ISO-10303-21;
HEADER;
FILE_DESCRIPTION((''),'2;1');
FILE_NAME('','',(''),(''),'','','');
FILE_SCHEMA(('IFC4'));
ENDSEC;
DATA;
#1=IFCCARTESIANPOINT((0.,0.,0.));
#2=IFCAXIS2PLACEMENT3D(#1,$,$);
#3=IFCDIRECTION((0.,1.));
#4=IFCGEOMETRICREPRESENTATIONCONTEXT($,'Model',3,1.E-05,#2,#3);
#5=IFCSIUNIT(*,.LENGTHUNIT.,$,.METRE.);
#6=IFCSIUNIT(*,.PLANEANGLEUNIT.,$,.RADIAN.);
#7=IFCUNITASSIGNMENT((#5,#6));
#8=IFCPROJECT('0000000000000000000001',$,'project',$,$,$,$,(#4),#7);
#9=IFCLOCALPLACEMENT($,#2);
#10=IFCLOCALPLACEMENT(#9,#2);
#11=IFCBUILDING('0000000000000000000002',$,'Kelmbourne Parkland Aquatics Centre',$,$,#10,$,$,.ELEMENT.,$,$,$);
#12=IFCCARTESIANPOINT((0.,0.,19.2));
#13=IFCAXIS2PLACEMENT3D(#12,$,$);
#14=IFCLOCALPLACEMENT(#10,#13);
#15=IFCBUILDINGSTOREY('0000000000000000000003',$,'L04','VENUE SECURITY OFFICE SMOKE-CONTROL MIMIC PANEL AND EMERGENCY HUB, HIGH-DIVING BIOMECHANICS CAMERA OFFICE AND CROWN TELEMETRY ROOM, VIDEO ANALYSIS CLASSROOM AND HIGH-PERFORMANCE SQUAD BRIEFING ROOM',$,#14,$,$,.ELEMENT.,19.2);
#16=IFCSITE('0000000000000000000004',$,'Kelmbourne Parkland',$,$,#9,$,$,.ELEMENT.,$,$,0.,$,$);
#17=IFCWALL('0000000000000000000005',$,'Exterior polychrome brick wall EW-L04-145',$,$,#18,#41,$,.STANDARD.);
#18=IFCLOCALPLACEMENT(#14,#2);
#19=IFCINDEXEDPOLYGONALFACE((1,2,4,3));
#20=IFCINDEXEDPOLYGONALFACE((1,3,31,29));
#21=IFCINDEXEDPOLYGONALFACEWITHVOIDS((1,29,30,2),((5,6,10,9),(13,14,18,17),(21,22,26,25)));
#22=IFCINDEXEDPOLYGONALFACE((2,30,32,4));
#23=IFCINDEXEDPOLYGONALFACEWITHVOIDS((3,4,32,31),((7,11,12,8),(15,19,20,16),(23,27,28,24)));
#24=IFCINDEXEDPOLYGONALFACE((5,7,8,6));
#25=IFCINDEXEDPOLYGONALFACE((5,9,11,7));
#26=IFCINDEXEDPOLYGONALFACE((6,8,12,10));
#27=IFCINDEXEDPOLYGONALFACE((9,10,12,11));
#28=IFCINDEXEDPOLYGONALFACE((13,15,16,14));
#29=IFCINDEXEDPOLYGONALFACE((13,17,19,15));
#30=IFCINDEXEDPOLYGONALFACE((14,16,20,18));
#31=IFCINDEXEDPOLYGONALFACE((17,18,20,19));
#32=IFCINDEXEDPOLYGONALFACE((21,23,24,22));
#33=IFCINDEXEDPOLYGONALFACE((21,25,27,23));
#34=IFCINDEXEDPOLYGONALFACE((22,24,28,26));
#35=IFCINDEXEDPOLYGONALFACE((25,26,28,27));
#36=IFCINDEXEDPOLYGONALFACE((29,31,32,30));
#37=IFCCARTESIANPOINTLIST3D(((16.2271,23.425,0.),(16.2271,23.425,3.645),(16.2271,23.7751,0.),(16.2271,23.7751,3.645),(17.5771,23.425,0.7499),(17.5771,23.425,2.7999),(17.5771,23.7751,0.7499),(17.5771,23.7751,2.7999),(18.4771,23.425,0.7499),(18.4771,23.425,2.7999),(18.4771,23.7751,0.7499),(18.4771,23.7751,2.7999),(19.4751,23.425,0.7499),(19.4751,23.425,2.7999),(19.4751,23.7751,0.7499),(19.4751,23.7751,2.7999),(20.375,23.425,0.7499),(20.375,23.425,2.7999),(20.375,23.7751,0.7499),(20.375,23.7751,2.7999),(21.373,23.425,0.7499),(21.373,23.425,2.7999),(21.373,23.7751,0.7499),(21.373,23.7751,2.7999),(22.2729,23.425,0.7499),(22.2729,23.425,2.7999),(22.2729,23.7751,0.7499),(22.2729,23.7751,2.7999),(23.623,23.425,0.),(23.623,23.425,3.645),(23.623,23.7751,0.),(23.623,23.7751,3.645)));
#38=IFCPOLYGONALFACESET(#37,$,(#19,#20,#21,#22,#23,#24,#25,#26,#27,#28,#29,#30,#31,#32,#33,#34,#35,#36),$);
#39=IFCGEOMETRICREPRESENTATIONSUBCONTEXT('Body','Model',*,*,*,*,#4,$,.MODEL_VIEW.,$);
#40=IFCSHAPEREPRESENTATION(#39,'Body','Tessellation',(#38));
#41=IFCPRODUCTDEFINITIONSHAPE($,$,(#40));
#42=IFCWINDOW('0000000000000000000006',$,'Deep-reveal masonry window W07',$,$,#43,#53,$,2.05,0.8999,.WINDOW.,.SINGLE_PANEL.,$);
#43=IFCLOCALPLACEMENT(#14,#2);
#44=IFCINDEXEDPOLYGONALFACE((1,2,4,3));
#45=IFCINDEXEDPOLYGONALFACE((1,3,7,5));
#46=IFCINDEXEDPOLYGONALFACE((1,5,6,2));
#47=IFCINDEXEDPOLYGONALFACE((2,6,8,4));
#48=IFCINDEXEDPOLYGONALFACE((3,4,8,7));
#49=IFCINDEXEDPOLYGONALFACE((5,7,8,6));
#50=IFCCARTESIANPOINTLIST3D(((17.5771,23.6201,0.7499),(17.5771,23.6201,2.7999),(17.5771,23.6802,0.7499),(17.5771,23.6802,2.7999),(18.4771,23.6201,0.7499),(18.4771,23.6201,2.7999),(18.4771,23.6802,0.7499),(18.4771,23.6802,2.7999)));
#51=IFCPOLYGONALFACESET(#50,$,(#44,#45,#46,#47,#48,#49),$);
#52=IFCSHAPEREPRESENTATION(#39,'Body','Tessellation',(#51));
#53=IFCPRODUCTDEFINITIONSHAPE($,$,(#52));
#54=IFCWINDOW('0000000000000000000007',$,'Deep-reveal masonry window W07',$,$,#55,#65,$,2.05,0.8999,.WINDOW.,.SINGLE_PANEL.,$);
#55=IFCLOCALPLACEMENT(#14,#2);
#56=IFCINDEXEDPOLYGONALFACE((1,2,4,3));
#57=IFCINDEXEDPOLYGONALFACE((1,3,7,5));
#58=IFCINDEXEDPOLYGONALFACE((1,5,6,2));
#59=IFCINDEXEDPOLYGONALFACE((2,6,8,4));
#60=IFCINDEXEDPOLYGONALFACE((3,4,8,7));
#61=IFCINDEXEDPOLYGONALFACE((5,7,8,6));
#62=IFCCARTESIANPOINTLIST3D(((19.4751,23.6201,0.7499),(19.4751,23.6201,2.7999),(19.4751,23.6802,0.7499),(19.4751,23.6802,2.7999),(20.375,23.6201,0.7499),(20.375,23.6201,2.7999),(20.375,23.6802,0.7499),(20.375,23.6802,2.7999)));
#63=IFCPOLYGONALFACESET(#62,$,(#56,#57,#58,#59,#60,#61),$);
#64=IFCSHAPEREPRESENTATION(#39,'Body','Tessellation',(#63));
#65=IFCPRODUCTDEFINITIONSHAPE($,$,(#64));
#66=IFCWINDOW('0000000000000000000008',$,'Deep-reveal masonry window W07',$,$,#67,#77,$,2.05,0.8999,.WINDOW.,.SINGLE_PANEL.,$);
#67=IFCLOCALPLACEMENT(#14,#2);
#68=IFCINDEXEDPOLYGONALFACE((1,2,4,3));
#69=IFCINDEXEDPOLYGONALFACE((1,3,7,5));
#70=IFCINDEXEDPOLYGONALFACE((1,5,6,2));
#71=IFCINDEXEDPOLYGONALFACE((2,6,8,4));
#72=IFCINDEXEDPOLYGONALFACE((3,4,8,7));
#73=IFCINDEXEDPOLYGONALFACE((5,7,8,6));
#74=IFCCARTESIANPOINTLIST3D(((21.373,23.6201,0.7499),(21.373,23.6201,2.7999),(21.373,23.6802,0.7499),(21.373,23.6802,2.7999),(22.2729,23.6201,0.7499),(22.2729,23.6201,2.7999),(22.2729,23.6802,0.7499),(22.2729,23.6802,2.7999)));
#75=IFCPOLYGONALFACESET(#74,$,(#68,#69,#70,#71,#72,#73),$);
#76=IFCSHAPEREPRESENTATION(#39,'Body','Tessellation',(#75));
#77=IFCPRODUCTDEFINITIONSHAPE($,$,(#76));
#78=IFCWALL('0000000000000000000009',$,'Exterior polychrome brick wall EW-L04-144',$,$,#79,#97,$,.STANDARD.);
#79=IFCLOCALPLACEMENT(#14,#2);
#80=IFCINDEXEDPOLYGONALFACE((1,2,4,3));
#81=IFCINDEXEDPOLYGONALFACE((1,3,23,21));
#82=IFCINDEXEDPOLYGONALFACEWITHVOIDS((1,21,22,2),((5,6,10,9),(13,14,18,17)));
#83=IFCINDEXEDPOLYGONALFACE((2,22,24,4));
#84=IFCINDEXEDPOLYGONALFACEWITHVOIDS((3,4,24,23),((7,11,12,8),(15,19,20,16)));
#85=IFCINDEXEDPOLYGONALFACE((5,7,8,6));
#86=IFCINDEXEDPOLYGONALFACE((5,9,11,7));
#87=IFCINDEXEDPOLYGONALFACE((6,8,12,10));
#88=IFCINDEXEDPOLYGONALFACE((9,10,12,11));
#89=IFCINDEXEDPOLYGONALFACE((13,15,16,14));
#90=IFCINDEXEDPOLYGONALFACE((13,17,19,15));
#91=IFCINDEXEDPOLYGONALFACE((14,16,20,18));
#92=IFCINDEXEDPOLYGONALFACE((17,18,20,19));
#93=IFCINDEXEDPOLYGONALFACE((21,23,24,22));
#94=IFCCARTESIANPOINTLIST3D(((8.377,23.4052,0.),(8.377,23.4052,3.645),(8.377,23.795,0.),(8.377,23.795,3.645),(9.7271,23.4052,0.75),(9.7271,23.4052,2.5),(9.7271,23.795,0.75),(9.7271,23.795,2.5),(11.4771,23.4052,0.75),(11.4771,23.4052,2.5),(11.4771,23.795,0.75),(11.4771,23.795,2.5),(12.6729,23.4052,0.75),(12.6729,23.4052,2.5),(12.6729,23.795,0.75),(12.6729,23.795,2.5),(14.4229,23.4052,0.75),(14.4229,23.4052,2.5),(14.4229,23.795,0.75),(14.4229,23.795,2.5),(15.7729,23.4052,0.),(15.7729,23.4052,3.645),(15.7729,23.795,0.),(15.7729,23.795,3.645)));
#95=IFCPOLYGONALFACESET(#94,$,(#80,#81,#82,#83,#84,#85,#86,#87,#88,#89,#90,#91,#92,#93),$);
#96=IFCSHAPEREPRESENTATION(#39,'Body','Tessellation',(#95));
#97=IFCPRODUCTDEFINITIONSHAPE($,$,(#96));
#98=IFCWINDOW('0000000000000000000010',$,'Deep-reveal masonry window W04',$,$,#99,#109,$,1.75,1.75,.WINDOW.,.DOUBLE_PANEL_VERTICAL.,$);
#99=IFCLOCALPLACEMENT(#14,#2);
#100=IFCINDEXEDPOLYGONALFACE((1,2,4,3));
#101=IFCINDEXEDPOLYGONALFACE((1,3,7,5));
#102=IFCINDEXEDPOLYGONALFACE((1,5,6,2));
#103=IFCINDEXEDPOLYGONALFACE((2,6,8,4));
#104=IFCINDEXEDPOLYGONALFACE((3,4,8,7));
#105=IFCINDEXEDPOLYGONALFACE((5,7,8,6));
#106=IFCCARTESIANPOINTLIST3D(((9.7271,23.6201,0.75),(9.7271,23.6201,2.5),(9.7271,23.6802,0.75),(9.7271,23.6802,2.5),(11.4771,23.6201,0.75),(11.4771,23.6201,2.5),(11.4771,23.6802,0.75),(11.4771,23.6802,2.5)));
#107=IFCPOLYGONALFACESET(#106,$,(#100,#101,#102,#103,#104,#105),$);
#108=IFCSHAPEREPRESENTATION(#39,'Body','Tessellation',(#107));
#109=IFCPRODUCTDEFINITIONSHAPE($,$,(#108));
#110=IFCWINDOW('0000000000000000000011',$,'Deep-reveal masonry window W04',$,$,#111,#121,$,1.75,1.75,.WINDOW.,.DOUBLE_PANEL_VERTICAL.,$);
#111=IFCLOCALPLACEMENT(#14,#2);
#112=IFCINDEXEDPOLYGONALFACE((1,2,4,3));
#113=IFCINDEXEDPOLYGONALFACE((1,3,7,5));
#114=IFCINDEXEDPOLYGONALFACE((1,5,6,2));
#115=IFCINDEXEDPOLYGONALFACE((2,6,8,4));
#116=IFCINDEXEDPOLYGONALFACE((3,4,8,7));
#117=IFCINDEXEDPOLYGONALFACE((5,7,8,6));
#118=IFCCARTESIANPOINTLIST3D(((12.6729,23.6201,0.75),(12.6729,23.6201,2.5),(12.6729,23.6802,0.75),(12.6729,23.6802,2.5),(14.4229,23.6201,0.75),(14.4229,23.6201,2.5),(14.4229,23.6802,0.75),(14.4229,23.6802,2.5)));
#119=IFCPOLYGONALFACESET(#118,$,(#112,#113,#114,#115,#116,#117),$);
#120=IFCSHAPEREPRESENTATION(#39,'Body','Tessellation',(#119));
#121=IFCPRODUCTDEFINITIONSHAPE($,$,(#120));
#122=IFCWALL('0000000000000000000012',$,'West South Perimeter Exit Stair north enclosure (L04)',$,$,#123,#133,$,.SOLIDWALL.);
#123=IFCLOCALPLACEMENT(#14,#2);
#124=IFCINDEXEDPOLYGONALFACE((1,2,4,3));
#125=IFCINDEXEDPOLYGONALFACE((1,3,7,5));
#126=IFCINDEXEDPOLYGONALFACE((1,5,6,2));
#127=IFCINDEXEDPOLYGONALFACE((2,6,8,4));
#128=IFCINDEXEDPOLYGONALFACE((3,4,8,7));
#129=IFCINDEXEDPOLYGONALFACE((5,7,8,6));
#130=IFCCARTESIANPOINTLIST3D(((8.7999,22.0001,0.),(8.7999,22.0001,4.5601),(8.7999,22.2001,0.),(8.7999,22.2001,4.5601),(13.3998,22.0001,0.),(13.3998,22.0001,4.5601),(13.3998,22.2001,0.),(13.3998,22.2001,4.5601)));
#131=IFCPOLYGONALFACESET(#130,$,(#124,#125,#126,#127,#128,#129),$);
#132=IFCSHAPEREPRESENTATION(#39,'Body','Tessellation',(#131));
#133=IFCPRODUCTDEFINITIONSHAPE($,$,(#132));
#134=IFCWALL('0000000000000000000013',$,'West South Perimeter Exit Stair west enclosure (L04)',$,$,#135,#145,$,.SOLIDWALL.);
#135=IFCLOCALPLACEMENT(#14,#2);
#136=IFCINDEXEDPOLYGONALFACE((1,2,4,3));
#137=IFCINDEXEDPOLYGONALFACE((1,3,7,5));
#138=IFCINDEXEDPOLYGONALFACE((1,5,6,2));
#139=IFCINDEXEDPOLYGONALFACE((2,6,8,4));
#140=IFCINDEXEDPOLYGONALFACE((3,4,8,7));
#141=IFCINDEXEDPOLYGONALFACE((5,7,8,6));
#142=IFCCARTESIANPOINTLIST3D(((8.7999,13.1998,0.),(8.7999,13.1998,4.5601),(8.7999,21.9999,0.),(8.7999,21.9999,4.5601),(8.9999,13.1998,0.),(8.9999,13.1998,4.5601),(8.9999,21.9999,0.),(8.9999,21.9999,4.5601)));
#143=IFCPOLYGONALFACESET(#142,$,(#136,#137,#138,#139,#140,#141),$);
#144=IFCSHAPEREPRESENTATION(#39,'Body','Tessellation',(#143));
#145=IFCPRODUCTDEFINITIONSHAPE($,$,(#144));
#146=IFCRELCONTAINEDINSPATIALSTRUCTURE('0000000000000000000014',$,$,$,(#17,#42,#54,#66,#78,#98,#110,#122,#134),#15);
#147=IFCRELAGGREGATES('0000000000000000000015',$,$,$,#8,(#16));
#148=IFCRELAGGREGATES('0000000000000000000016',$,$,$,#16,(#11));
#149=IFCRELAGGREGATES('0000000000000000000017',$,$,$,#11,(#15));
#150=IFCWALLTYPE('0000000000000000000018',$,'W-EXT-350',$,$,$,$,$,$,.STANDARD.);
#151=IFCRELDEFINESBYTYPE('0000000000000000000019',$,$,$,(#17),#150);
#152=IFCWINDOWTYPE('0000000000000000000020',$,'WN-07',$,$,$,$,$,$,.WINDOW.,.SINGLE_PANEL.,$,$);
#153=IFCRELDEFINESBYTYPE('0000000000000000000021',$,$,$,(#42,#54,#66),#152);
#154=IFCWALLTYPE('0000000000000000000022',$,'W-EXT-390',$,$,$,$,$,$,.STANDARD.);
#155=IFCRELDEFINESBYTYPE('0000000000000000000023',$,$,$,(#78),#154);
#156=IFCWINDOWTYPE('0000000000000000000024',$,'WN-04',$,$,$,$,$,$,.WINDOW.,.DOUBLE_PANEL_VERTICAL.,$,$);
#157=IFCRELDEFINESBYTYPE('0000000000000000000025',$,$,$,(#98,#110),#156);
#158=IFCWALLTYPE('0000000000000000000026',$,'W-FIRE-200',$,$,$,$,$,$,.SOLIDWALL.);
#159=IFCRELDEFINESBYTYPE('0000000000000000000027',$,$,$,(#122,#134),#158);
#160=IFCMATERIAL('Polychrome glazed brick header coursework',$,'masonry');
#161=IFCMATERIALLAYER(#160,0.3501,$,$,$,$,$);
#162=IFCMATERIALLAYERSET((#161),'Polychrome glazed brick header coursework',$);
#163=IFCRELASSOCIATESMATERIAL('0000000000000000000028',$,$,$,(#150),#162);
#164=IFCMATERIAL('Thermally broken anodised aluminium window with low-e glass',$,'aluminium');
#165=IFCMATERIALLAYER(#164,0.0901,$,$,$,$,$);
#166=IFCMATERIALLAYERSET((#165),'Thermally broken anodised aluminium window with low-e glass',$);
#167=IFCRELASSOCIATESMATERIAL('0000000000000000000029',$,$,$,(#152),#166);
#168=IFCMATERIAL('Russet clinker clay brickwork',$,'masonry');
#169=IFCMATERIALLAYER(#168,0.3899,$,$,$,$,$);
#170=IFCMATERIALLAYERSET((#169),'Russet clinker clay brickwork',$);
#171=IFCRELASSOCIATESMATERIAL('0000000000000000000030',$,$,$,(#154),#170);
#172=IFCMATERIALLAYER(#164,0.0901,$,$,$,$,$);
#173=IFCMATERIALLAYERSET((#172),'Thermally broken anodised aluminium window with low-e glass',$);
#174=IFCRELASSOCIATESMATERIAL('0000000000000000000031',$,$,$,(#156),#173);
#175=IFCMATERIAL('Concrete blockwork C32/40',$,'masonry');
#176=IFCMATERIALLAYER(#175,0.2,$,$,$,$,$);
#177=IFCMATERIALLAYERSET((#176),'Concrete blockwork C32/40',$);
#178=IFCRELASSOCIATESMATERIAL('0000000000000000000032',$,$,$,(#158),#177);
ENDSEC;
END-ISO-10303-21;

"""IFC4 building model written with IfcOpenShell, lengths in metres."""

from ifc_helpers import new_model, si_unit, direction, frame, frame_2d, origin, place, context, subcontext, project, spatial, rectangle, extrude, material, layer, layer_set, type_object, element, fill, save


model = new_model("IFC4")

# Units and contexts
model_context = context("Model", 3, precision=1e-05, world=origin(), true_north=direction((0.0, 1.0)))
body_context = subcontext(model_context, "Body", "Model", "MODEL_VIEW")
ifc_project = project(units=[si_unit("LENGTHUNIT", "METRE"), si_unit("PLANEANGLEUNIT", "RADIAN")], contexts=[model_context])

# Site, building, storey
site_placement = place(None, origin())
site = spatial("IfcSite", under=ifc_project, at=site_placement, Name="Kelmbourne Parkland", CompositionType="ELEMENT", RefElevation=0.0)
building_placement = place(site_placement, origin())
building = spatial("IfcBuilding", under=site, at=building_placement, Name="Kelmbourne Parkland Aquatics Centre", CompositionType="ELEMENT")
storey_placement = place(building_placement, frame((0.0, 0.0, 19.2)))
storey = spatial("IfcBuildingStorey", under=building, at=storey_placement, Name="L04", Description="VENUE SECURITY OFFICE SMOKE-CONTROL MIMIC PANEL AND EMERGENCY HUB, HIGH-DIVING BIOMECHANICS CAMERA OFFICE AND CROWN TELEMETRY ROOM, VIDEO ANALYSIS CLASSROOM AND HIGH-PERFORMANCE SQUAD BRIEFING ROOM", CompositionType="ELEMENT", Elevation=19.2)

# Walls, openings, windows
ifc_material_1 = material(Name="Polychrome glazed brick header coursework", Category="masonry")
ifc_layer_1 = layer(ifc_material_1, 0.3501)
ifc_layer_set_1 = layer_set([ifc_layer_1], Name="Polychrome glazed brick header coursework")
wall_type_1 = type_object("IfcWallType", Name="W-EXT-350", PredefinedType="STANDARD", material=ifc_layer_set_1)
wall_1_placement = place(storey_placement, frame((16.2271, 23.6001, 0.0), z_axis=(0.0, 0.0, 1.0), x_axis=(1.0, 0.0, 0.0)))
wall_1 = element("IfcWall", 1, at=wall_1_placement, inside=storey, type_object=wall_type_1, Name="Exterior polychrome brick wall EW-L04-145", PredefinedType="STANDARD", context=body_context, shape_type="SweptSolid", body=[
    extrude(rectangle(XDim=7.396, YDim=0.3501, at=frame_2d((3.698, 0.0))), origin(), (0.0, 0.0, 1.0), 3.645),
])
opening_1_placement = place(wall_1_placement, frame((1.3501, 0.0, 0.75)))
opening_1 = element("IfcOpeningElement", 2, at=opening_1_placement, cuts=wall_1, PredefinedType="OPENING", context=body_context, shape_type="SweptSolid", body=[
    extrude(rectangle(XDim=0.8999, YDim=2.05, at=frame_2d((0.45, 1.0249))), frame((0.0, 0.187, 0.0), z_axis=(0.0, -1.0, 0.0), x_axis=(1.0, 0.0, 0.0)), (0.0, 0.0, 1.0), 0.374),
])
opening_2_placement = place(wall_1_placement, frame((3.248, 0.0, 0.75)))
opening_2 = element("IfcOpeningElement", 3, at=opening_2_placement, cuts=wall_1, PredefinedType="OPENING", context=body_context, shape_type="SweptSolid", body=[
    extrude(rectangle(XDim=0.8999, YDim=2.05, at=frame_2d((0.45, 1.0249))), frame((0.0, 0.187, 0.0), z_axis=(0.0, -1.0, 0.0), x_axis=(1.0, 0.0, 0.0)), (0.0, 0.0, 1.0), 0.374),
])
opening_3_placement = place(wall_1_placement, frame((5.146, 0.0, 0.75)))
opening_3 = element("IfcOpeningElement", 4, at=opening_3_placement, cuts=wall_1, PredefinedType="OPENING", context=body_context, shape_type="SweptSolid", body=[
    extrude(rectangle(XDim=0.8999, YDim=2.05, at=frame_2d((0.45, 1.0249))), frame((0.0, 0.187, 0.0), z_axis=(0.0, -1.0, 0.0), x_axis=(1.0, 0.0, 0.0)), (0.0, 0.0, 1.0), 0.374),
])
ifc_material_2 = material(Name="Thermally broken anodised aluminium window with low-e glass", Category="aluminium")
ifc_layer_2 = layer(ifc_material_2, 0.0901)
ifc_layer_set_2 = layer_set([ifc_layer_2], Name="Thermally broken anodised aluminium window with low-e glass")
window_type_1 = type_object("IfcWindowType", Name="WN-07", PartitioningType="SINGLE_PANEL", PredefinedType="WINDOW", material=ifc_layer_set_2)
window_1_placement = place(opening_1_placement, origin())
window_1 = element("IfcWindow", 5, at=window_1_placement, inside=storey, type_object=window_type_1, Name="Deep-reveal masonry window W07", OverallHeight=2.05, OverallWidth=0.8999, PartitioningType="SINGLE_PANEL", PredefinedType="WINDOW", context=body_context, shape_type="SweptSolid", body=[
    extrude(rectangle(XDim=0.8999, YDim=2.05, at=frame_2d((0.45, 1.0249))), frame((0.0, 0.0801, 0.0), z_axis=(0.0, -1.0, 0.0), x_axis=(1.0, 0.0, 0.0)), (0.0, 0.0, 1.0), 0.0601),
])
fill(opening_1, window_1)
window_2_placement = place(opening_2_placement, origin())
window_2 = element("IfcWindow", 6, at=window_2_placement, inside=storey, type_object=window_type_1, Name="Deep-reveal masonry window W07", OverallHeight=2.05, OverallWidth=0.8999, PartitioningType="SINGLE_PANEL", PredefinedType="WINDOW", context=body_context, shape_type="SweptSolid", body=[
    extrude(rectangle(XDim=0.8999, YDim=2.05, at=frame_2d((0.45, 1.0249))), frame((0.0, 0.0801, 0.0), z_axis=(0.0, -1.0, 0.0), x_axis=(1.0, 0.0, 0.0)), (0.0, 0.0, 1.0), 0.0601),
])
fill(opening_2, window_2)
window_3_placement = place(opening_3_placement, origin())
window_3 = element("IfcWindow", 7, at=window_3_placement, inside=storey, type_object=window_type_1, Name="Deep-reveal masonry window W07", OverallHeight=2.05, OverallWidth=0.8999, PartitioningType="SINGLE_PANEL", PredefinedType="WINDOW", context=body_context, shape_type="SweptSolid", body=[
    extrude(rectangle(XDim=0.8999, YDim=2.05, at=frame_2d((0.45, 1.0249))), frame((0.0, 0.0801, 0.0), z_axis=(0.0, -1.0, 0.0), x_axis=(1.0, 0.0, 0.0)), (0.0, 0.0, 1.0), 0.0601),
])
fill(opening_3, window_3)
ifc_material_3 = material(Name="Russet clinker clay brickwork", Category="masonry")
ifc_layer_3 = layer(ifc_material_3, 0.3899)
ifc_layer_set_3 = layer_set([ifc_layer_3], Name="Russet clinker clay brickwork")
wall_type_2 = type_object("IfcWallType", Name="W-EXT-390", PredefinedType="STANDARD", material=ifc_layer_set_3)
wall_2_placement = place(storey_placement, frame((8.377, 23.6001, 0.0), z_axis=(0.0, 0.0, 1.0), x_axis=(1.0, 0.0, 0.0)))
wall_2 = element("IfcWall", 8, at=wall_2_placement, inside=storey, type_object=wall_type_2, Name="Exterior polychrome brick wall EW-L04-144", PredefinedType="STANDARD", context=body_context, shape_type="SweptSolid", body=[
    extrude(rectangle(XDim=7.396, YDim=0.3899, at=frame_2d((3.698, 0.0))), origin(), (0.0, 0.0, 1.0), 3.645),
])
opening_4_placement = place(wall_2_placement, frame((1.3501, 0.0, 0.75)))
opening_4 = element("IfcOpeningElement", 9, at=opening_4_placement, cuts=wall_2, PredefinedType="OPENING", context=body_context, shape_type="SweptSolid", body=[
    extrude(rectangle(XDim=1.75, YDim=1.75, at=frame_2d((0.875, 0.875))), frame((0.0, 0.207, 0.0), z_axis=(0.0, -1.0, 0.0), x_axis=(1.0, 0.0, 0.0)), (0.0, 0.0, 1.0), 0.4138),
])
opening_5_placement = place(wall_2_placement, frame((4.2959, 0.0, 0.75)))
opening_5 = element("IfcOpeningElement", 10, at=opening_5_placement, cuts=wall_2, PredefinedType="OPENING", context=body_context, shape_type="SweptSolid", body=[
    extrude(rectangle(XDim=1.75, YDim=1.75, at=frame_2d((0.875, 0.875))), frame((0.0, 0.207, 0.0), z_axis=(0.0, -1.0, 0.0), x_axis=(1.0, 0.0, 0.0)), (0.0, 0.0, 1.0), 0.4138),
])
ifc_layer_4 = layer(ifc_material_2, 0.0901)
ifc_layer_set_4 = layer_set([ifc_layer_4], Name="Thermally broken anodised aluminium window with low-e glass")
window_type_2 = type_object("IfcWindowType", Name="WN-04", PartitioningType="DOUBLE_PANEL_VERTICAL", PredefinedType="WINDOW", material=ifc_layer_set_4)
window_4_placement = place(opening_4_placement, origin())
window_4 = element("IfcWindow", 11, at=window_4_placement, inside=storey, type_object=window_type_2, Name="Deep-reveal masonry window W04", OverallHeight=1.75, OverallWidth=1.75, PartitioningType="DOUBLE_PANEL_VERTICAL", PredefinedType="WINDOW", context=body_context, shape_type="SweptSolid", body=[
    extrude(rectangle(XDim=1.75, YDim=1.75, at=frame_2d((0.875, 0.875))), frame((0.0, 0.0801, 0.0), z_axis=(0.0, -1.0, 0.0), x_axis=(1.0, 0.0, 0.0)), (0.0, 0.0, 1.0), 0.0601),
])
fill(opening_4, window_4)
window_5_placement = place(opening_5_placement, origin())
window_5 = element("IfcWindow", 12, at=window_5_placement, inside=storey, type_object=window_type_2, Name="Deep-reveal masonry window W04", OverallHeight=1.75, OverallWidth=1.75, PartitioningType="DOUBLE_PANEL_VERTICAL", PredefinedType="WINDOW", context=body_context, shape_type="SweptSolid", body=[
    extrude(rectangle(XDim=1.75, YDim=1.75, at=frame_2d((0.875, 0.875))), frame((0.0, 0.0801, 0.0), z_axis=(0.0, -1.0, 0.0), x_axis=(1.0, 0.0, 0.0)), (0.0, 0.0, 1.0), 0.0601),
])
fill(opening_5, window_5)

# Walls
ifc_material_4 = material(Name="Concrete blockwork C32/40", Category="masonry")
ifc_layer_5 = layer(ifc_material_4, 0.2)
ifc_layer_set_5 = layer_set([ifc_layer_5], Name="Concrete blockwork C32/40")
wall_type_3 = type_object("IfcWallType", Name="W-FIRE-200", PredefinedType="SOLIDWALL", material=ifc_layer_set_5)
wall_3_placement = place(storey_placement, frame((8.8, 22.1001, 0.0), z_axis=(0.0, 0.0, 1.0), x_axis=(1.0, 0.0, 0.0)))
element("IfcWall", 13, at=wall_3_placement, inside=storey, type_object=wall_type_3, Name="West South Perimeter Exit Stair north enclosure (L04)", PredefinedType="SOLIDWALL", context=body_context, shape_type="SweptSolid", body=[
    extrude(rectangle(XDim=4.5999, YDim=0.2, at=frame_2d((2.2998, 0.0))), origin(), (0.0, 0.0, 1.0), 4.5601),
])
wall_4_placement = place(storey_placement, frame((8.8999, 13.2, 0.0), z_axis=(0.0, 0.0, 1.0), x_axis=(0.0, 1.0, 0.0)))
element("IfcWall", 14, at=wall_4_placement, inside=storey, type_object=wall_type_3, Name="West South Perimeter Exit Stair west enclosure (L04)", PredefinedType="SOLIDWALL", context=body_context, shape_type="SweptSolid", body=[
    extrude(rectangle(XDim=8.8, YDim=0.2, at=frame_2d((4.3999, 0.0))), origin(), (0.0, 0.0, 1.0), 4.5601),
])

save(model, "model.ifc")
